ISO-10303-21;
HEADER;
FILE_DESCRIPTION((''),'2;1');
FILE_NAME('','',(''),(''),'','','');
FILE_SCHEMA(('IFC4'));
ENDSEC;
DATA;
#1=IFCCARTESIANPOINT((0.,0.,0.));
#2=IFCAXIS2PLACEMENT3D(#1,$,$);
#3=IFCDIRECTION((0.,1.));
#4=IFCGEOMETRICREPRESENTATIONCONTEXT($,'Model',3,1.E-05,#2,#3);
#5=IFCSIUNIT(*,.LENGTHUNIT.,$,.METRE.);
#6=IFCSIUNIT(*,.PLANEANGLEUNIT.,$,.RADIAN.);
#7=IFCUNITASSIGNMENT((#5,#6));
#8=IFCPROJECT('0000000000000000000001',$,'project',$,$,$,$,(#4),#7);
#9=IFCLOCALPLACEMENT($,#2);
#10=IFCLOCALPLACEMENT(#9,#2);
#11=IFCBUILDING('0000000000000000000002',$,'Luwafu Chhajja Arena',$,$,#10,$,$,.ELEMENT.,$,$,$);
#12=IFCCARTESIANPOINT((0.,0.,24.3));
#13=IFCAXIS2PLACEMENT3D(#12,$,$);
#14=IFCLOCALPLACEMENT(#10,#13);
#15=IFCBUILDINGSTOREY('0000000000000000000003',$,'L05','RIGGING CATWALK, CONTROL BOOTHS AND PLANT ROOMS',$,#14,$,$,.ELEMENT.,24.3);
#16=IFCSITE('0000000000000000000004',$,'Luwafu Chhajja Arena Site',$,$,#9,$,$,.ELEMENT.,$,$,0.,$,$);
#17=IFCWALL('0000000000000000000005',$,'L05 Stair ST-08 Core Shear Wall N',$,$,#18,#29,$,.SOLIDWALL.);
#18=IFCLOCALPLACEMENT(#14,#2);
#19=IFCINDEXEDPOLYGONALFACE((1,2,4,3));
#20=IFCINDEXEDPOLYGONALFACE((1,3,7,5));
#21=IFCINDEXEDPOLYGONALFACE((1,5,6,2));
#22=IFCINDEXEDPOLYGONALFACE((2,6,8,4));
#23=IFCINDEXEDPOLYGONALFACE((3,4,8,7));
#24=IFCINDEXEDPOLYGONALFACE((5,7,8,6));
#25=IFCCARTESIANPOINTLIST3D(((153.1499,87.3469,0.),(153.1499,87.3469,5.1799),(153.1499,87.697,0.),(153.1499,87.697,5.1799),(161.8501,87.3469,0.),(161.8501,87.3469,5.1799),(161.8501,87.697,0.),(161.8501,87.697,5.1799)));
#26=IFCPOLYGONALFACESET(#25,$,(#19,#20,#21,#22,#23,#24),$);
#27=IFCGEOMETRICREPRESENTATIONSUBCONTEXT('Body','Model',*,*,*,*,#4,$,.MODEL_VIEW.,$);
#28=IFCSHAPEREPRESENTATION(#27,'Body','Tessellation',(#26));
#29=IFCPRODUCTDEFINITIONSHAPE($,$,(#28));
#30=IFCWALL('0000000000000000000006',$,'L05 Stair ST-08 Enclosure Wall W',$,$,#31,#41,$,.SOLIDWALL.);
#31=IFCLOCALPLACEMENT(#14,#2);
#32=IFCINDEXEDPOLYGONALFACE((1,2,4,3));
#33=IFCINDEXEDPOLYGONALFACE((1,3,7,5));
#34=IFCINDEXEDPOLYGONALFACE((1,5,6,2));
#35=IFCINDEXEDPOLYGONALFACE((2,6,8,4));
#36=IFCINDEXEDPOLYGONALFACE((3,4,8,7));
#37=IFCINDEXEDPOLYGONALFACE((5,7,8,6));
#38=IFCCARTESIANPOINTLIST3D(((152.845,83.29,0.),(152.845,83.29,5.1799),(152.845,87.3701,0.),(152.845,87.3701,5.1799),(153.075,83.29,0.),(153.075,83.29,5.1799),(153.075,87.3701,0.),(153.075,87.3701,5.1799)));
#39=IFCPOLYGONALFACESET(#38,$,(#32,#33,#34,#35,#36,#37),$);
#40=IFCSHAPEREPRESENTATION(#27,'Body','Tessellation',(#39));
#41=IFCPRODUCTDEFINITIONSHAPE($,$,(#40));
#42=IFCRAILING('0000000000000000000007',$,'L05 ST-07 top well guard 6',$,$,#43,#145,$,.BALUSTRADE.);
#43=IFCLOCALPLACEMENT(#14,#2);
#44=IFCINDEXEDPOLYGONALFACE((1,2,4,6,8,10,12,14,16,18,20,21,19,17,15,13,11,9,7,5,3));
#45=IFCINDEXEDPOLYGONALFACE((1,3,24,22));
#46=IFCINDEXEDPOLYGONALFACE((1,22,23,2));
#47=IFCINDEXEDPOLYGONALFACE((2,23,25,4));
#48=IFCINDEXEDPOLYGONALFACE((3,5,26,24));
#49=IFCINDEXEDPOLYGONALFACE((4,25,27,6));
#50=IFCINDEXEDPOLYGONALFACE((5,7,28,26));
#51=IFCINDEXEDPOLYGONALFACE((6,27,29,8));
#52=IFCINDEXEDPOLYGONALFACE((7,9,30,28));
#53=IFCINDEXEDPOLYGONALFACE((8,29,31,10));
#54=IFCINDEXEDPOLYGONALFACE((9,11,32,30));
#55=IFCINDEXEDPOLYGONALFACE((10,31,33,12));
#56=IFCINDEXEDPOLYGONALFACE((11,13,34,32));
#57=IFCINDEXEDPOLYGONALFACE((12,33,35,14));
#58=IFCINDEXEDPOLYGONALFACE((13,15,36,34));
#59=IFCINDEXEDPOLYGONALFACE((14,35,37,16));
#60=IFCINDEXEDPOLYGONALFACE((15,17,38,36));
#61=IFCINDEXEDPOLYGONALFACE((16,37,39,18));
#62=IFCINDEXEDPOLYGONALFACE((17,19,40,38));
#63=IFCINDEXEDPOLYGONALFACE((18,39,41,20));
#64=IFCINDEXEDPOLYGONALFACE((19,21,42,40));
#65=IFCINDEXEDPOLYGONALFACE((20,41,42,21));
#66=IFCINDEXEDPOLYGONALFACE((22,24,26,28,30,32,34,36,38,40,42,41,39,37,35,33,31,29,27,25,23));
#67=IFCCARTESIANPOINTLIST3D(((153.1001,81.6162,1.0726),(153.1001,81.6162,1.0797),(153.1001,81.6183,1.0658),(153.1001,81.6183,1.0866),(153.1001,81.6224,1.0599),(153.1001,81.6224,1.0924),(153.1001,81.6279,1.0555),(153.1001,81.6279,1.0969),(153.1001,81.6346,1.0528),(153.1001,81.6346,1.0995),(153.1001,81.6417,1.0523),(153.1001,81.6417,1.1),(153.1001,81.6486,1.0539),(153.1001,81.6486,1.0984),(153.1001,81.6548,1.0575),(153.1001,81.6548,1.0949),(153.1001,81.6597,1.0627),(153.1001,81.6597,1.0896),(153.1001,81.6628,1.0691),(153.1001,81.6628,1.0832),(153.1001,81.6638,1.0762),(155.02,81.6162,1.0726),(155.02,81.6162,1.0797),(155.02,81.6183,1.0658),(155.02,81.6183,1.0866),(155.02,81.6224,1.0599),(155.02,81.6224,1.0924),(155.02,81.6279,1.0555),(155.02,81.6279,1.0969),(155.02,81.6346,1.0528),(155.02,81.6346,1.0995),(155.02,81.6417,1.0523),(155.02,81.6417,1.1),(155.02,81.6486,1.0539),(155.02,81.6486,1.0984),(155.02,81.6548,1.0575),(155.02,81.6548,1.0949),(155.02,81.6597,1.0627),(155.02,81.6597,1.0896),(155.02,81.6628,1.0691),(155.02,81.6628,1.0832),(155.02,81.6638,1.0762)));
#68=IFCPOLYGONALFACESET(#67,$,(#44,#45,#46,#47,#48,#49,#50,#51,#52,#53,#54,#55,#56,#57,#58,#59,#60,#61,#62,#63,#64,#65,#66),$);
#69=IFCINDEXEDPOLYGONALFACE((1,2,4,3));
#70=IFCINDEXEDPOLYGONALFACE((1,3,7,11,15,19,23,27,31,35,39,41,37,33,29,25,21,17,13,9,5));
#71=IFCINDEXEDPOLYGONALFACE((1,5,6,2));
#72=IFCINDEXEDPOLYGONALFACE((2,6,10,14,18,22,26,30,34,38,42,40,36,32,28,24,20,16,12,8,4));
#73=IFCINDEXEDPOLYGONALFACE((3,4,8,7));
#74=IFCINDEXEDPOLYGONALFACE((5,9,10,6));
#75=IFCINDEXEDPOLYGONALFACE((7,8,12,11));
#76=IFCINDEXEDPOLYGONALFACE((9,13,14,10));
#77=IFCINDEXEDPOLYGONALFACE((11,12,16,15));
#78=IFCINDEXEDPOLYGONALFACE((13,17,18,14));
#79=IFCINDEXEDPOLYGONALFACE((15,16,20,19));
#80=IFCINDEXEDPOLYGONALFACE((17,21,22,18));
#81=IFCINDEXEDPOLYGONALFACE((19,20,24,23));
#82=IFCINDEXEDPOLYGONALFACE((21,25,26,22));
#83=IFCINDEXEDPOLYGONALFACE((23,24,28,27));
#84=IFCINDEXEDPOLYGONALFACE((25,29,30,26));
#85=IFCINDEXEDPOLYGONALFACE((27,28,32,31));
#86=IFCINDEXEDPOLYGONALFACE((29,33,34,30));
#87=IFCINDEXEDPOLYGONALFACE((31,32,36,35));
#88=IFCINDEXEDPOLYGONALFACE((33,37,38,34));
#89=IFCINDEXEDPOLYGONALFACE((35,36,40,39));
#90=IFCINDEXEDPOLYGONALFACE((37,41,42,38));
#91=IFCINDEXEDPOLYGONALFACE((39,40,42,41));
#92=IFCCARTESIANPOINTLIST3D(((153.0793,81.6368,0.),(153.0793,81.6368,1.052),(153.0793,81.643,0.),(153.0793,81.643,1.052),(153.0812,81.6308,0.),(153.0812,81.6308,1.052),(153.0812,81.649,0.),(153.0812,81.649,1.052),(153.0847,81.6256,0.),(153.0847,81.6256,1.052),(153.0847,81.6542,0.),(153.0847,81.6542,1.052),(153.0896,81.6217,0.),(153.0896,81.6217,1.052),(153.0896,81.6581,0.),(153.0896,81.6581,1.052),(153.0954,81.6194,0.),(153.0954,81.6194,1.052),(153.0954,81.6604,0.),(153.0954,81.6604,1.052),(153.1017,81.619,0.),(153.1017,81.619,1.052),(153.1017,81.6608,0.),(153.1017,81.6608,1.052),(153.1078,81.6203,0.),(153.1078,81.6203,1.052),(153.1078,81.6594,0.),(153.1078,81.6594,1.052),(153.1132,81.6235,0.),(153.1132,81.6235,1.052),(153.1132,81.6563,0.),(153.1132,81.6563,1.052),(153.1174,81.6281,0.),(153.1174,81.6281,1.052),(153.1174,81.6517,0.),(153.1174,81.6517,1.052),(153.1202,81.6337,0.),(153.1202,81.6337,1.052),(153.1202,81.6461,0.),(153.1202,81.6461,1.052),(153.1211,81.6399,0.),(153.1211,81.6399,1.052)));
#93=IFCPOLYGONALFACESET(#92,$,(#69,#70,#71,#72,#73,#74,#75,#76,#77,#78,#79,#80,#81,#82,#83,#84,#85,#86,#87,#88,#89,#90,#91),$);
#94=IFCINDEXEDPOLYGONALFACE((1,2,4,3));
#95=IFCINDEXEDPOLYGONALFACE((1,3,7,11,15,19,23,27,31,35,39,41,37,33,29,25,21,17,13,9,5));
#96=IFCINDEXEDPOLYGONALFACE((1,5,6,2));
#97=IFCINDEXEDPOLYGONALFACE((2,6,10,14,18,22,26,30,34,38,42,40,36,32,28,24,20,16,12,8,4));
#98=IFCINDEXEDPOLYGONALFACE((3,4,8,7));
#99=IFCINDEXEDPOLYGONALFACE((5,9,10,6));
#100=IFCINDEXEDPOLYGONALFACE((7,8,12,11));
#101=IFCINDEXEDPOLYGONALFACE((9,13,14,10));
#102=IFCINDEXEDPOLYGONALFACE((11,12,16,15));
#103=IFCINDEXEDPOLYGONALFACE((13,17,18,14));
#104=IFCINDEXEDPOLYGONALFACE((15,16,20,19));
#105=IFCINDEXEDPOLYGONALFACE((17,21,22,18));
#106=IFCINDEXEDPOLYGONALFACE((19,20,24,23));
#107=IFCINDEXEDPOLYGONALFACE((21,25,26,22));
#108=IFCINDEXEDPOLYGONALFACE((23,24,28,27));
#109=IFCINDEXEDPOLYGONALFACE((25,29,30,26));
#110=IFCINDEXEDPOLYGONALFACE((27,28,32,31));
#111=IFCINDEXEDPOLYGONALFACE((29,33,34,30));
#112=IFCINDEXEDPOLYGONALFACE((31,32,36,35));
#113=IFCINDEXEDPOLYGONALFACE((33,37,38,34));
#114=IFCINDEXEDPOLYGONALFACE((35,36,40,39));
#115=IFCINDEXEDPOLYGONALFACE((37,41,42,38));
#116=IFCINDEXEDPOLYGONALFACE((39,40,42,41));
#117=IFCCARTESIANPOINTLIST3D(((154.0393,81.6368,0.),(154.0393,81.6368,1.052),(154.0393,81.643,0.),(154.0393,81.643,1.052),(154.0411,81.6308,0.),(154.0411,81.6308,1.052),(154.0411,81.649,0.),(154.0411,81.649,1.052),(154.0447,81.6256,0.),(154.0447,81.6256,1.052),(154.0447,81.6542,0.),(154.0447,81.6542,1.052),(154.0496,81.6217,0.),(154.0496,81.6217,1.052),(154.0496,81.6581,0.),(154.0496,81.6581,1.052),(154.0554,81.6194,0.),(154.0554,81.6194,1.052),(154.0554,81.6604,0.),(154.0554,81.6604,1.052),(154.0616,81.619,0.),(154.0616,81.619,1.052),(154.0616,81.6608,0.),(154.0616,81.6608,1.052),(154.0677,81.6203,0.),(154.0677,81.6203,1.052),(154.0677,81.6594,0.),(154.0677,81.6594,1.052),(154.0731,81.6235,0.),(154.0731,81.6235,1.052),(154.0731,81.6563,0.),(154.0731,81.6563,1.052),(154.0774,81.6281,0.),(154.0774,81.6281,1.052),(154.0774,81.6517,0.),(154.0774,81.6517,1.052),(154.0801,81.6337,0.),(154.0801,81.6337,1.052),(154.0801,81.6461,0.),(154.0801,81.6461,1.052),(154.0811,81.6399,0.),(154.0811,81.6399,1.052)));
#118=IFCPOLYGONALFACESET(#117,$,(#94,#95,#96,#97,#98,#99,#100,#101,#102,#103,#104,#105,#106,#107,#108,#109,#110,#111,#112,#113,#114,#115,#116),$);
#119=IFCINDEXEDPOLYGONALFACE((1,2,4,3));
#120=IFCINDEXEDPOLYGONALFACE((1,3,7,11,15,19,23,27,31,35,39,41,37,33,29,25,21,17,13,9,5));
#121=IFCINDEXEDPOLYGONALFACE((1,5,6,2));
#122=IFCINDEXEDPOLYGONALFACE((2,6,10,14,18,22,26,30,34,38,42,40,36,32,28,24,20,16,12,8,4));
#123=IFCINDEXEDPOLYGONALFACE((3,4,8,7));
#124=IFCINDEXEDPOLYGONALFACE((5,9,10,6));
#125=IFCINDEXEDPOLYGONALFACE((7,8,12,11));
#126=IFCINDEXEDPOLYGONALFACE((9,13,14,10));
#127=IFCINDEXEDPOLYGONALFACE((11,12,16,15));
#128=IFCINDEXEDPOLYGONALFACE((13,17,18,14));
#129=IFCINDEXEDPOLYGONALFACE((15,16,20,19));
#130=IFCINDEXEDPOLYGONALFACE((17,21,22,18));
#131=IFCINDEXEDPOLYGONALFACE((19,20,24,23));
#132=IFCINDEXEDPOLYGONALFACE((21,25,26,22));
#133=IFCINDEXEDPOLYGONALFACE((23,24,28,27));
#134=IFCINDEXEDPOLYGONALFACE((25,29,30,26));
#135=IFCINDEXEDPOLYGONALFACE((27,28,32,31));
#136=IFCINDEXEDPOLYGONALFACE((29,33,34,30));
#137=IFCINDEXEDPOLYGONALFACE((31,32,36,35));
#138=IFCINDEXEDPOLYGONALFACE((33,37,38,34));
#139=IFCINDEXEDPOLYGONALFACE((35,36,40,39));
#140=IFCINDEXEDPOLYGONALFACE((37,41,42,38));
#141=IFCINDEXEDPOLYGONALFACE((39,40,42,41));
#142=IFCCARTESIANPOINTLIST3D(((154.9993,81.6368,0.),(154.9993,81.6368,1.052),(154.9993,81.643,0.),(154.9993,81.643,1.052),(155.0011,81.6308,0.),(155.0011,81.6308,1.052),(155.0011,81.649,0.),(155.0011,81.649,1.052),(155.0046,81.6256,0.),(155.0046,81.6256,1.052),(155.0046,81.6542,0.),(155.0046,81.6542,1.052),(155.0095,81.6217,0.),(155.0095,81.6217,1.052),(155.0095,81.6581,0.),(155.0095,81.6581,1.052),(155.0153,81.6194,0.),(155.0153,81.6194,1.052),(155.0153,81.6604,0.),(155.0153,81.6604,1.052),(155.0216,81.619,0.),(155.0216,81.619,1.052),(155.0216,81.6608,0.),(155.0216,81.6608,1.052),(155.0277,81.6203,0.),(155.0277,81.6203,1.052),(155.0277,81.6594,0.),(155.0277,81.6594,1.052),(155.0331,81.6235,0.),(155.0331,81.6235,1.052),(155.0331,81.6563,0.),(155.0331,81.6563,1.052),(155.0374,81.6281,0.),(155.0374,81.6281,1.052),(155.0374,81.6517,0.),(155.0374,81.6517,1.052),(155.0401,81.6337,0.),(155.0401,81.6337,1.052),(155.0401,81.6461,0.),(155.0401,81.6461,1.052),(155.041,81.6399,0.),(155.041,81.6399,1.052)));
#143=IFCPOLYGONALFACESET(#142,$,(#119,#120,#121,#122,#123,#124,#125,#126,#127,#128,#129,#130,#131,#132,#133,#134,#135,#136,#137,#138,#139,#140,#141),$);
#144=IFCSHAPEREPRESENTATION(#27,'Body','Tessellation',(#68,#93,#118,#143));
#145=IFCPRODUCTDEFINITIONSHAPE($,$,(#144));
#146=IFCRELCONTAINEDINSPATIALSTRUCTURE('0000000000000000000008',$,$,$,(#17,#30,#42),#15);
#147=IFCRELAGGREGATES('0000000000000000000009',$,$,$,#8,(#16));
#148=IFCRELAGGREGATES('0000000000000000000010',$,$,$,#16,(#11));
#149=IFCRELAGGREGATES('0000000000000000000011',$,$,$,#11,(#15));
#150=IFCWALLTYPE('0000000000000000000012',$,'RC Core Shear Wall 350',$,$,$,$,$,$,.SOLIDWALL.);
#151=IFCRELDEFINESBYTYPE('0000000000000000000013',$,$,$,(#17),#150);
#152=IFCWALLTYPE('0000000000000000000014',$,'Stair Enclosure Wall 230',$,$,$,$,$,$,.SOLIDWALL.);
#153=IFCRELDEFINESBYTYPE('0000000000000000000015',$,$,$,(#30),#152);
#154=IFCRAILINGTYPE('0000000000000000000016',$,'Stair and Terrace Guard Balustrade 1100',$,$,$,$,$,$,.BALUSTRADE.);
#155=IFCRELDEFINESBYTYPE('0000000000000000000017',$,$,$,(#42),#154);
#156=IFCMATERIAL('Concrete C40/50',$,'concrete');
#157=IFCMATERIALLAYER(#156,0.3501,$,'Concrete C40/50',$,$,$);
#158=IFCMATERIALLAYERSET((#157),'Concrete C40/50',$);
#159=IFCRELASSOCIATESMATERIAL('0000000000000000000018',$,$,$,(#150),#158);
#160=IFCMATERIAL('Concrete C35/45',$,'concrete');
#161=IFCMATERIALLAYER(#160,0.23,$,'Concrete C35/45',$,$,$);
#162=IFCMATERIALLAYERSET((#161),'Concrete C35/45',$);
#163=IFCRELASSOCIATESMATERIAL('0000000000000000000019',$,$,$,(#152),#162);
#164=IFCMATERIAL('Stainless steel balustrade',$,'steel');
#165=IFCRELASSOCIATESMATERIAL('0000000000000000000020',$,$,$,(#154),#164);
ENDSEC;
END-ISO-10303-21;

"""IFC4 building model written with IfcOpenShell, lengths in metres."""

from ifc_helpers import new_model, si_unit, direction, frame, frame_2d, origin, origin_2d, place, context, subcontext, project, spatial, rectangle, circle, extrude, material, layer, layer_set, type_object, element, save


model = new_model("IFC4")

# Units and contexts
model_context = context("Model", 3, precision=1e-05, world=origin(), true_north=direction((0.0, 1.0)))
body_context = subcontext(model_context, "Body", "Model", "MODEL_VIEW")
ifc_project = project(units=[si_unit("LENGTHUNIT", "METRE"), si_unit("PLANEANGLEUNIT", "RADIAN")], contexts=[model_context])

# Site, building, storey
site_placement = place(None, origin())
site = spatial("IfcSite", under=ifc_project, at=site_placement, Name="Luwafu Chhajja Arena Site", CompositionType="ELEMENT", RefElevation=0.0)
building_placement = place(site_placement, origin())
building = spatial("IfcBuilding", under=site, at=building_placement, Name="Luwafu Chhajja Arena", CompositionType="ELEMENT")
storey_placement = place(building_placement, frame((0.0, 0.0, 24.3)))
storey = spatial("IfcBuildingStorey", under=building, at=storey_placement, Name="L05", Description="RIGGING CATWALK, CONTROL BOOTHS AND PLANT ROOMS", CompositionType="ELEMENT", Elevation=24.3)

# Shared definitions
ifc_material_1 = material(Name="Concrete C35/45", Category="concrete")

# Shared definitions
ifc_material_2 = material(Name="Concrete C40/50", Category="concrete")
ifc_layer_1 = layer(ifc_material_2, 0.3501, Name="Concrete C40/50")
ifc_layer_set_1 = layer_set([ifc_layer_1], Name="Concrete C40/50")
wall_type_1 = type_object("IfcWallType", Name="RC Core Shear Wall 350", PredefinedType="SOLIDWALL", material=ifc_layer_set_1)

# Walls
wall_1_placement = place(storey_placement, frame((153.1499, 87.522, 0.0), z_axis=(0.0, 0.0, 1.0), x_axis=(1.0, 0.0, 0.0)))
element("IfcWall", 1, at=wall_1_placement, inside=storey, type_object=wall_type_1, Name="L05 Stair ST-08 Core Shear Wall N", PredefinedType="SOLIDWALL", context=body_context, shape_type="SweptSolid", body=[
    extrude(rectangle(XDim=8.7002, YDim=0.3501, at=frame_2d((4.3501, 0.0))), origin(), (0.0, 0.0, 1.0), 5.1799),
])
ifc_layer_2 = layer(ifc_material_1, 0.23, Name="Concrete C35/45")
ifc_layer_set_2 = layer_set([ifc_layer_2], Name="Concrete C35/45")
wall_type_2 = type_object("IfcWallType", Name="Stair Enclosure Wall 230", PredefinedType="SOLIDWALL", material=ifc_layer_set_2)
wall_2_placement = place(storey_placement, frame((152.96, 83.29, 0.0), z_axis=(0.0, 0.0, 1.0), x_axis=(0.0, 1.0, 0.0)))
element("IfcWall", 2, at=wall_2_placement, inside=storey, type_object=wall_type_2, Name="L05 Stair ST-08 Enclosure Wall W", PredefinedType="SOLIDWALL", context=body_context, shape_type="SweptSolid", body=[
    extrude(rectangle(XDim=4.0801, YDim=0.23, at=frame_2d((2.04, 0.0))), origin(), (0.0, 0.0, 1.0), 5.1799),
])

# Railing
ifc_material_3 = material(Name="Stainless steel balustrade", Category="steel")
railing_type = type_object("IfcRailingType", Name="Stair and Terrace Guard Balustrade 1100", PredefinedType="BALUSTRADE", material=ifc_material_3)
for number, where, name in (
    (3, (153.1001, 81.6399, 0.0), "L05 ST-07 top well guard 6"),
):
    element("IfcRailing", number, at=place(storey_placement, frame(where)), inside=storey, type_object=railing_type, Name=name, PredefinedType="BALUSTRADE", context=body_context, shape_type="SweptSolid", body=[
        extrude(circle(Radius=0.0239, at=origin_2d()), frame((0.0, 0.0, 1.0762), z_axis=(1.0, 0.0, 0.0), x_axis=(0.0, 1.0, 0.0)), (0.0, 0.0, 1.0), 1.9199),
        extrude(circle(Radius=0.021, at=origin_2d()), origin(), (0.0, 0.0, 1.0), 1.052),
        extrude(circle(Radius=0.021, at=origin_2d()), frame((0.96, 0.0, 0.0)), (0.0, 0.0, 1.0), 1.052),
        extrude(circle(Radius=0.021, at=origin_2d()), frame((1.9199, 0.0, 0.0)), (0.0, 0.0, 1.0), 1.052),
    ])

save(model, "model.ifc")
